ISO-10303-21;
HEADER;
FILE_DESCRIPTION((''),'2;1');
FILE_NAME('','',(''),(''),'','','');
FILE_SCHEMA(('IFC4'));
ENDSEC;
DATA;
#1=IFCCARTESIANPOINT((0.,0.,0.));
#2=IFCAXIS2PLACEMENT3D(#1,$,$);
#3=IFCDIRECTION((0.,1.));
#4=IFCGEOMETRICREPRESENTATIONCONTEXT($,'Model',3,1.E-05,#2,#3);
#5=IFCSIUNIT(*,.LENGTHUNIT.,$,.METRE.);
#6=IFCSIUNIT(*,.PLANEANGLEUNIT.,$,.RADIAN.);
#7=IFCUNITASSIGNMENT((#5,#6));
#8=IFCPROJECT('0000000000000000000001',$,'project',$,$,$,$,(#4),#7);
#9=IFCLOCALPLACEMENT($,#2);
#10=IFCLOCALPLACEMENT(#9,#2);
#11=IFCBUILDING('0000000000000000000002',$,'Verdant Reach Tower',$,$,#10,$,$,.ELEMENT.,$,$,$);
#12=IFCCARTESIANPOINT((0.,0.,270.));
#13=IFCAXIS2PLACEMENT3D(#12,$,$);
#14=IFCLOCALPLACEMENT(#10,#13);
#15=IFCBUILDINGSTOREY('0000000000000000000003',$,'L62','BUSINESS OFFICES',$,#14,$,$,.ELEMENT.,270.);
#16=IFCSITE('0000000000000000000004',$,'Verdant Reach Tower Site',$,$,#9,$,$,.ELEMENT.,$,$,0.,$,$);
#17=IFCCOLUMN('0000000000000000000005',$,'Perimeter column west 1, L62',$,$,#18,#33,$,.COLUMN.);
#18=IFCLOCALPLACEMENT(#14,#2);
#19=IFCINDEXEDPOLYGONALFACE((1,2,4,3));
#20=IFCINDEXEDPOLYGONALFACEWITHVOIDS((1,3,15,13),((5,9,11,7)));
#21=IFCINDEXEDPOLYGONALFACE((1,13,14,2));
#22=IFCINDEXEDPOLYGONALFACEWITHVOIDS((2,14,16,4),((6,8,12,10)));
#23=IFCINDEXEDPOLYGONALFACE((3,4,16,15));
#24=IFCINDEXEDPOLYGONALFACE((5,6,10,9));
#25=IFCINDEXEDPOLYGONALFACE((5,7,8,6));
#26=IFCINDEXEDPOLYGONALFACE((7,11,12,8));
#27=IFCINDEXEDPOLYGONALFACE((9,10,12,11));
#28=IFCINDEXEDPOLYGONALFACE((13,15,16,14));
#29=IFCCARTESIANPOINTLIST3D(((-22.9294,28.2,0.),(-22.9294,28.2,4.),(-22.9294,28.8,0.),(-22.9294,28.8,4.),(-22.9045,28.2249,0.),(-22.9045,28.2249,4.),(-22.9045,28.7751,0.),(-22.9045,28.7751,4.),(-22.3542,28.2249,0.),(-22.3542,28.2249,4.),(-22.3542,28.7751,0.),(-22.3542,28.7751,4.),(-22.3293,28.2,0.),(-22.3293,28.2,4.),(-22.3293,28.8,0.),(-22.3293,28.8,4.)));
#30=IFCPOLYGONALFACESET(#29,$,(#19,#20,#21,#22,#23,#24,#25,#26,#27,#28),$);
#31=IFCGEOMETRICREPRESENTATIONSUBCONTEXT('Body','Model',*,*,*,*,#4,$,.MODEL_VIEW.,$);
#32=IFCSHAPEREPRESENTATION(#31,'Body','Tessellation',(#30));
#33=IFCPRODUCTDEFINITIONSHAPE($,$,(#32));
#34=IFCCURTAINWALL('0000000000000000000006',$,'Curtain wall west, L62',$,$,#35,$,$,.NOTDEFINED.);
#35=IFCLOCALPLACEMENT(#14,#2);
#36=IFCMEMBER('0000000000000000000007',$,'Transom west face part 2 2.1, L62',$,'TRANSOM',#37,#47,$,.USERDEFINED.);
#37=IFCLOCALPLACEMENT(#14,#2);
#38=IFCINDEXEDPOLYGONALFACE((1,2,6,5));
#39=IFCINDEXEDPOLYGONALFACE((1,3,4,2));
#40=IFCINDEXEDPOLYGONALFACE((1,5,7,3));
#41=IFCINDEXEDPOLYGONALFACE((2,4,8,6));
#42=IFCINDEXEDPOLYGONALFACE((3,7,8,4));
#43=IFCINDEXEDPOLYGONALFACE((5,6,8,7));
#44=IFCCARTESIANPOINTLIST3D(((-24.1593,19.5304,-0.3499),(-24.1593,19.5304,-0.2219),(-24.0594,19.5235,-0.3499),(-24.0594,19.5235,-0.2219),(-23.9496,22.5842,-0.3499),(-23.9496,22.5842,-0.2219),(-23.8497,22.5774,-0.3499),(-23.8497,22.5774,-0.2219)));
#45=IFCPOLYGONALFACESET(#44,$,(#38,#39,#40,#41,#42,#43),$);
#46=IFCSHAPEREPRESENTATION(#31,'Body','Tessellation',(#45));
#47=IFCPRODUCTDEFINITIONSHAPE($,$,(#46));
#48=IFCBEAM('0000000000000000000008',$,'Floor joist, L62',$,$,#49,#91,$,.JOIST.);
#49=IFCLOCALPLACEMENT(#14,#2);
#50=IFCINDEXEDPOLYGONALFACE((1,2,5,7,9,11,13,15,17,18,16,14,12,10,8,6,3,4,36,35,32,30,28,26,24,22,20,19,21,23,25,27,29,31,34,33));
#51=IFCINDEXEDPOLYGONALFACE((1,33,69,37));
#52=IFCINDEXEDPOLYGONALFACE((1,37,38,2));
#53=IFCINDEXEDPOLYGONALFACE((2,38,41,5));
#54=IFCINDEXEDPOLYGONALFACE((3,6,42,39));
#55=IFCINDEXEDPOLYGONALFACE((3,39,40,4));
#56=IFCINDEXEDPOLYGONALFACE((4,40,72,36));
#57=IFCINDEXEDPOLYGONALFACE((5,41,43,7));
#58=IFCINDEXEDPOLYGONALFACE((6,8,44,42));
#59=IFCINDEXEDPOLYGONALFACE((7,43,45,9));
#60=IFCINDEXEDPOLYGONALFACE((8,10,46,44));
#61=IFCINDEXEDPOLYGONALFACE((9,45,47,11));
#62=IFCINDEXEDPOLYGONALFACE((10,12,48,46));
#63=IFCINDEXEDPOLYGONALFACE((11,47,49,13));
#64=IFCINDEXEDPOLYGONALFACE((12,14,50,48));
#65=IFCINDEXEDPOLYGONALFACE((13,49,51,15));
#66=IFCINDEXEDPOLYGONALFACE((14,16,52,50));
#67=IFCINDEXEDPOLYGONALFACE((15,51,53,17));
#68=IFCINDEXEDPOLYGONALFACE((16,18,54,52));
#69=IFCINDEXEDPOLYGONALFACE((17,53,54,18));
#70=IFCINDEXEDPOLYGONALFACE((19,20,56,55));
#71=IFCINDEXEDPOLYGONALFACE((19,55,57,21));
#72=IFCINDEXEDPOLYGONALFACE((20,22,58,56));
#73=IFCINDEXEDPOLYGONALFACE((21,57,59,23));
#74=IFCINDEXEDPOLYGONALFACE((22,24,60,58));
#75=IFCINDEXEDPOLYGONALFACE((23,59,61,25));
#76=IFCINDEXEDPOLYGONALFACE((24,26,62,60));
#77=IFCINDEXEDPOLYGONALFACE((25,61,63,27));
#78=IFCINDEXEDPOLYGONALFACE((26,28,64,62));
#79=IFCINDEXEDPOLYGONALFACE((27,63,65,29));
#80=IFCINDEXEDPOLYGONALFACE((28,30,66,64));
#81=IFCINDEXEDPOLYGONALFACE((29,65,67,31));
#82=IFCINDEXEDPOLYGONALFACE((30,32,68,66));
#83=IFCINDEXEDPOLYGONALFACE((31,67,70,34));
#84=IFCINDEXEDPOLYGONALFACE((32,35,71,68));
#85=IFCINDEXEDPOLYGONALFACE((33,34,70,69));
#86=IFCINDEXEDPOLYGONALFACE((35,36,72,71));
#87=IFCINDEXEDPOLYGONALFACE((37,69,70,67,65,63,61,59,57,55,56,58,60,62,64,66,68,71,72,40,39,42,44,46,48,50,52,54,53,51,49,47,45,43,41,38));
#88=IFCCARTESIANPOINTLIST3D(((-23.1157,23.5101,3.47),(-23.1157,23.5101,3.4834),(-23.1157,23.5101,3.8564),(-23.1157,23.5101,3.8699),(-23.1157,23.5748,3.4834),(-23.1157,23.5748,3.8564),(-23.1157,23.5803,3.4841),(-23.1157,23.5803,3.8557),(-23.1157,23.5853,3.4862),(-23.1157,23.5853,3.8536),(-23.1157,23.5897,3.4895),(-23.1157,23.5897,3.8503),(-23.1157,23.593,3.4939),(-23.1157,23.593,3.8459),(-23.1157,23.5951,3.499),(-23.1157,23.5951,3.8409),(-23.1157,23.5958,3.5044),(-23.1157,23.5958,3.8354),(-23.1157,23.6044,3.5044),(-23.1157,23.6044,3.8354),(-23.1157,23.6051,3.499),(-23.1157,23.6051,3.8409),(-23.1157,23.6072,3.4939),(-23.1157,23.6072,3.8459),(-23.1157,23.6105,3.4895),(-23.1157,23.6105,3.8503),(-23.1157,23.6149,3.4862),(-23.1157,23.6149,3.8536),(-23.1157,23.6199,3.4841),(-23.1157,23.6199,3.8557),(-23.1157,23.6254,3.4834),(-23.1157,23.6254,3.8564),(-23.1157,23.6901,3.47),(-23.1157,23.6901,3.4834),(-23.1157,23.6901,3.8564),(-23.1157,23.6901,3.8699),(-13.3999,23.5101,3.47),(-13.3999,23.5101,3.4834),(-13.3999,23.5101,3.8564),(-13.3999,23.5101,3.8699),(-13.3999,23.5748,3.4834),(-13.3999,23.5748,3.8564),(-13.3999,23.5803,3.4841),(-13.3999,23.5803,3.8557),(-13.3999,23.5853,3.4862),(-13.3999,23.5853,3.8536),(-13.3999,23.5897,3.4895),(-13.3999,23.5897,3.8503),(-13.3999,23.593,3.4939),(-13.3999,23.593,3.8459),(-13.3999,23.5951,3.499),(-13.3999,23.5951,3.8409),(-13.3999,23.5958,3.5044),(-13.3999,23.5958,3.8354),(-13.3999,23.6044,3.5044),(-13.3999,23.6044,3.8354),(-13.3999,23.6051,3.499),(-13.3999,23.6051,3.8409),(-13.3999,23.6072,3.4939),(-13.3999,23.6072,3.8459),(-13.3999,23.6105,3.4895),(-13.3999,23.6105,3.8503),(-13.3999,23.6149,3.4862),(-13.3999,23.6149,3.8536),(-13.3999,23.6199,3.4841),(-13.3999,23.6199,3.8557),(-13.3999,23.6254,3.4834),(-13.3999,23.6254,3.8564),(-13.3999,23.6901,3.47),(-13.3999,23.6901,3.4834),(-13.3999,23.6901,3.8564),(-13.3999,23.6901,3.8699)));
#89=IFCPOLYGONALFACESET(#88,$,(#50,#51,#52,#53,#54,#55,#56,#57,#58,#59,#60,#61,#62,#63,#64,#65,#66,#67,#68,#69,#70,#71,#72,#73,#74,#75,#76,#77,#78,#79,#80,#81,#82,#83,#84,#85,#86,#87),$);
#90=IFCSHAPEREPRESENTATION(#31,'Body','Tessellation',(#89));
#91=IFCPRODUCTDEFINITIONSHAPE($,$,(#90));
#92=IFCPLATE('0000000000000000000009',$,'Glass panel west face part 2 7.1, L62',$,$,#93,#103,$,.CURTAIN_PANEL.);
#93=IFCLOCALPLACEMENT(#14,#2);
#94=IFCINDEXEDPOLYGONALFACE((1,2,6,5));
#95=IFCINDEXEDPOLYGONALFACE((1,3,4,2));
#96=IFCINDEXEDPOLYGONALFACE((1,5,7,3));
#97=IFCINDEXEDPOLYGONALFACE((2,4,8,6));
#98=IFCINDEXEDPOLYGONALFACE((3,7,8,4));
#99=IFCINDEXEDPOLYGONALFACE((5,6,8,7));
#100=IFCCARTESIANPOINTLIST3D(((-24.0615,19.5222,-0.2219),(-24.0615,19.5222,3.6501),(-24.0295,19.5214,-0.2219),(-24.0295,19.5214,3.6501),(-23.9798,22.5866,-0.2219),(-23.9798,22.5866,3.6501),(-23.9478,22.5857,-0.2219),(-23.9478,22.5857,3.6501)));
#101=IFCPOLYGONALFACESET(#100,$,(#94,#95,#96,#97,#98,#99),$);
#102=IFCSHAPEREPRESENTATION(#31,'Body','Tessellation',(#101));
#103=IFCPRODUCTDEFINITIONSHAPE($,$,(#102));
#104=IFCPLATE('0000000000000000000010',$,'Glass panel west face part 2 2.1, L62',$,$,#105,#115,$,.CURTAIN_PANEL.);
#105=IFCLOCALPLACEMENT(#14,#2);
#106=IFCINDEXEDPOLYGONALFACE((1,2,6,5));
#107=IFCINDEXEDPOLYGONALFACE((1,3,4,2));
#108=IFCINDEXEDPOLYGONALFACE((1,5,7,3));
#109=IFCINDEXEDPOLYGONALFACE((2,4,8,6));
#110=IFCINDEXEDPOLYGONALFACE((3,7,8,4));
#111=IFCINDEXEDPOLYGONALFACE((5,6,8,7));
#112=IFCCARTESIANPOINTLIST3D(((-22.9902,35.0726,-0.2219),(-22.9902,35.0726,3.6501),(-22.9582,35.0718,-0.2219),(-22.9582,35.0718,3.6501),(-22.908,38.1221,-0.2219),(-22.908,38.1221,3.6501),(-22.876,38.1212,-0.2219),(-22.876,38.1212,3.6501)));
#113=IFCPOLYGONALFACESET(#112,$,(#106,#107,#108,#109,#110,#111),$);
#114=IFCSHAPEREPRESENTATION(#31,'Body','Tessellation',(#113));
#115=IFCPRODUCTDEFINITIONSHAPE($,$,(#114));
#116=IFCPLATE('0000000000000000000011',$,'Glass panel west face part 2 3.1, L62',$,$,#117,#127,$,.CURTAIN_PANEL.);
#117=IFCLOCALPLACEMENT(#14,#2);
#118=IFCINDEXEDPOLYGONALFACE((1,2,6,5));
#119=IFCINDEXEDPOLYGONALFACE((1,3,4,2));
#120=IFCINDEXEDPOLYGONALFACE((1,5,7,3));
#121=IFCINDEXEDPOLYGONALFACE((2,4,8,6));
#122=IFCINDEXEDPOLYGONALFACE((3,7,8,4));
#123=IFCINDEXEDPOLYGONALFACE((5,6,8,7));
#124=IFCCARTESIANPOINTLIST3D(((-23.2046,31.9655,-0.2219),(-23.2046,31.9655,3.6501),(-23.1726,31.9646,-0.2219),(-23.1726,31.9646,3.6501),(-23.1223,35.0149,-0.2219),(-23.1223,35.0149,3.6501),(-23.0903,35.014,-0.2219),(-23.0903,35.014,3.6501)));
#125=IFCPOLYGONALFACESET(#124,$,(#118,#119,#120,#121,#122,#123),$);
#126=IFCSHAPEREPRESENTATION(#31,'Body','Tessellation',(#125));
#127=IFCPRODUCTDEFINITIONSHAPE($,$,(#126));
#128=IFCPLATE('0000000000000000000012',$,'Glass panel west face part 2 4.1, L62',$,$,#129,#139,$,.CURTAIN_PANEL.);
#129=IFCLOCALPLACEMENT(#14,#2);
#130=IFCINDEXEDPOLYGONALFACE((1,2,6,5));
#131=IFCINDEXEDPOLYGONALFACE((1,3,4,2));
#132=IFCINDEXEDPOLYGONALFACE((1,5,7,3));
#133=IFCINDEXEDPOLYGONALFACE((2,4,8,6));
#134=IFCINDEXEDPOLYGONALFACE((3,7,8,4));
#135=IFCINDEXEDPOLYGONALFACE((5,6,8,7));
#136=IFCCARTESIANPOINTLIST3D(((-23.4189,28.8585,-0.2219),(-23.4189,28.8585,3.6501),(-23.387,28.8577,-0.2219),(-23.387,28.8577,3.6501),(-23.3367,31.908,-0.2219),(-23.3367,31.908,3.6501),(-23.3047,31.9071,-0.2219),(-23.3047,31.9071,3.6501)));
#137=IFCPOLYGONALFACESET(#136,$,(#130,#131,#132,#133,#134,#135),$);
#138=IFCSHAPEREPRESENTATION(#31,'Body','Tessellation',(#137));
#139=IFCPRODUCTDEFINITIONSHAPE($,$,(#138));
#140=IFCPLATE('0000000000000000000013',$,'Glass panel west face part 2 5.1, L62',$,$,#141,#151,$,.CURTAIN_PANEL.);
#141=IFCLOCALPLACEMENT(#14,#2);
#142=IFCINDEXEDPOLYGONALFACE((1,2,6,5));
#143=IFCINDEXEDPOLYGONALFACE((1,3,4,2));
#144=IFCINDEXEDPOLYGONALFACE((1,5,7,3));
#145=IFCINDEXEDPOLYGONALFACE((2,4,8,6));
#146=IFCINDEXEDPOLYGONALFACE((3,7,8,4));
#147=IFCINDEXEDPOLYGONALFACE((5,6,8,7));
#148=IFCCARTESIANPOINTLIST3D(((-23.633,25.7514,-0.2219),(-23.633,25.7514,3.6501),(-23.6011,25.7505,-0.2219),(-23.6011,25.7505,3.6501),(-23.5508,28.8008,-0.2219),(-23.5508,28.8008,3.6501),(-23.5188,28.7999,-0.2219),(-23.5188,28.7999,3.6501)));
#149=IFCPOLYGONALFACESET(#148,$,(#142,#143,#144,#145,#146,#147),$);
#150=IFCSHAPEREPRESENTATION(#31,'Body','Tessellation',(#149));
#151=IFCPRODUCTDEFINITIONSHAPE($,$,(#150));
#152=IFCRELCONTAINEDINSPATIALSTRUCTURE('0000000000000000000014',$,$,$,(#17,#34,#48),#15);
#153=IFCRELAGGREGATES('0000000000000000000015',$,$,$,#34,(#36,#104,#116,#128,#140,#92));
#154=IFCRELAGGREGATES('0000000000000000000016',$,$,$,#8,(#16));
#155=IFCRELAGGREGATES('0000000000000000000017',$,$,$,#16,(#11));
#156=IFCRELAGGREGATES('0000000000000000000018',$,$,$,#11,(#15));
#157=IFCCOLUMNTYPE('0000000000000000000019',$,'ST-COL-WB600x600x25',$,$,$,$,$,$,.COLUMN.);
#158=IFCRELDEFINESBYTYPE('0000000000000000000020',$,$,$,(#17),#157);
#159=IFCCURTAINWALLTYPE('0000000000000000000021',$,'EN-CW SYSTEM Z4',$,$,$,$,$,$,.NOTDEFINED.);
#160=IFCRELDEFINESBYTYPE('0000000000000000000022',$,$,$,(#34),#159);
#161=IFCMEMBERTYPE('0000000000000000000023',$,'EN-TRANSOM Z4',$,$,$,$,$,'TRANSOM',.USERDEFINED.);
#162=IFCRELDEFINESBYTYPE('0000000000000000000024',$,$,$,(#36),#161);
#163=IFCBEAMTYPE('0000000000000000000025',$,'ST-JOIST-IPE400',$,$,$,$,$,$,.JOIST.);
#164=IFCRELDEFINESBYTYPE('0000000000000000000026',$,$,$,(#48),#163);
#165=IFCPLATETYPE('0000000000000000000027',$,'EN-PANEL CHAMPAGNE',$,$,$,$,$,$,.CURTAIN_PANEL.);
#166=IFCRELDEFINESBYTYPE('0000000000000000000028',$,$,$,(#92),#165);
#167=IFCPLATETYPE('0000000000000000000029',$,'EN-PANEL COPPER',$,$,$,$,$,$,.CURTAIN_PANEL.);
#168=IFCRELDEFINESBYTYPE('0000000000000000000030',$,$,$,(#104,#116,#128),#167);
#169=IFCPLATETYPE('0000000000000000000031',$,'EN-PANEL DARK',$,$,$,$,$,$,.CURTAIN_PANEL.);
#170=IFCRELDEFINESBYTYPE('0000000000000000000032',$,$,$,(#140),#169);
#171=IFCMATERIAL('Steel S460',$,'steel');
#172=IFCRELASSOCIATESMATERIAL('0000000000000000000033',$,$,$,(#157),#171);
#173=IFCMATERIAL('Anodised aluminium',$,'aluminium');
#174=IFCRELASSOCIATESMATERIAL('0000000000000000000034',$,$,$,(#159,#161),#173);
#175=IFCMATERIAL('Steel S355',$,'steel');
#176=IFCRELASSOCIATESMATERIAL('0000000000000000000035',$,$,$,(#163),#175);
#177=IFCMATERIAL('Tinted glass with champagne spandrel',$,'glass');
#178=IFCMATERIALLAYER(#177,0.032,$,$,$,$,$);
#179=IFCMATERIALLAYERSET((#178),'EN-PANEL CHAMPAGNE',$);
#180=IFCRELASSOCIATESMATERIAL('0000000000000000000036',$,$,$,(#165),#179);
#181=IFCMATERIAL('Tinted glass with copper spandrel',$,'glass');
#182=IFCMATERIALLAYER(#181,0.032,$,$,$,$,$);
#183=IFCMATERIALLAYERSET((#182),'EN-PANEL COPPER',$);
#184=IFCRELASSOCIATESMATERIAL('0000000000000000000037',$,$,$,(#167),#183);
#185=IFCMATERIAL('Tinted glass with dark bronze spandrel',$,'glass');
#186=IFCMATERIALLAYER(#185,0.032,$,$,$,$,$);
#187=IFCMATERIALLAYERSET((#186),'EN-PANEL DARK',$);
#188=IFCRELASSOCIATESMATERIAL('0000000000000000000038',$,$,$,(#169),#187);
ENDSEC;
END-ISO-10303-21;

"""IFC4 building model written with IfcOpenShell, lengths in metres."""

from ifc_helpers import new_model, si_unit, direction, frame, origin, origin_2d, place, context, subcontext, project, spatial, rectangle, hollow_rectangle, i_section, extrude, material, layer, layer_set, material_profile, profile_set, type_object, element, aggregate, save


model = new_model("IFC4")

# Units and contexts
model_context = context("Model", 3, precision=1e-05, world=origin(), true_north=direction((0.0, 1.0)))
body_context = subcontext(model_context, "Body", "Model", "MODEL_VIEW")
ifc_project = project(units=[si_unit("LENGTHUNIT", "METRE"), si_unit("PLANEANGLEUNIT", "RADIAN")], contexts=[model_context])

# Site, building, storey
site_placement = place(None, origin())
site = spatial("IfcSite", under=ifc_project, at=site_placement, Name="Verdant Reach Tower Site", CompositionType="ELEMENT", RefElevation=0.0)
building_placement = place(site_placement, origin())
building = spatial("IfcBuilding", under=site, at=building_placement, Name="Verdant Reach Tower", CompositionType="ELEMENT")
storey_placement = place(building_placement, frame((0.0, 0.0, 270.0)))
storey = spatial("IfcBuildingStorey", under=building, at=storey_placement, Name="L62", Description="BUSINESS OFFICES", CompositionType="ELEMENT", Elevation=270.0)

# Column
ifc_material_1 = material(Name="Steel S460", Category="steel")
ifc_material_profile_1 = material_profile(ifc_material_1, hollow_rectangle(XDim=0.6001, YDim=0.6001, WallThickness=0.0249, at=origin_2d()), Name="WB 600x600x25")
ifc_profile_set_1 = profile_set([ifc_material_profile_1], Name="Steel S460")
column_type = type_object("IfcColumnType", Name="ST-COL-WB600x600x25", PredefinedType="COLUMN", material=ifc_profile_set_1)
column_placement = place(storey_placement, frame((-22.6294, 28.5, 0.0), z_axis=(0.0, 0.0, 1.0), x_axis=(1.0, 0.0, 0.0)))
element("IfcColumn", 1, at=column_placement, inside=storey, type_object=column_type, Name="Perimeter column west 1, L62", PredefinedType="COLUMN", context=body_context, shape_type="SweptSolid", body=[
    extrude(hollow_rectangle(XDim=0.6001, YDim=0.6001, WallThickness=0.0249, at=origin_2d()), origin(), (0.0, 0.0, 1.0), 4.0),
])

# Curtain wall, member
ifc_material_2 = material(Name="Anodised aluminium", Category="aluminium")
curtain_wall_type = type_object("IfcCurtainWallType", Name="EN-CW SYSTEM Z4", PredefinedType="NOTDEFINED", material=ifc_material_2)
curtain_wall_placement = place(storey_placement, origin())
curtain_wall = element("IfcCurtainWall", 2, at=curtain_wall_placement, inside=storey, type_object=curtain_wall_type, Name="Curtain wall west, L62", PredefinedType="NOTDEFINED")
ifc_material_profile_2 = material_profile(ifc_material_2, rectangle(XDim=0.1001, YDim=0.1279, at=origin_2d()), Name="Transom 128x100")
ifc_profile_set_2 = profile_set([ifc_material_profile_2], Name="Anodised aluminium")
member_type = type_object("IfcMemberType", Name="EN-TRANSOM Z4", ElementType="TRANSOM", PredefinedType="USERDEFINED", material=ifc_profile_set_2)
member_placement = place(storey_placement, frame((-23.8997, 22.5808, -0.2859), z_axis=(-0.068509, -0.99765, 0.0), x_axis=(0.99765, -0.068509, 0.0)))
member = element("IfcMember", 3, at=member_placement, type_object=member_type, Name="Transom west face part 2 2.1, L62", ObjectType="TRANSOM", PredefinedType="USERDEFINED", context=body_context, shape_type="SweptSolid", body=[
    extrude(rectangle(XDim=0.1001, YDim=0.1279, at=origin_2d()), origin(), (0.0, 0.0, 1.0), 3.061),
])

# Beam
ifc_material_3 = material(Name="Steel S355", Category="steel")
ifc_material_profile_3 = material_profile(ifc_material_3, i_section(OverallWidth=0.1799, OverallDepth=0.3999, WebThickness=0.0085, FlangeThickness=0.0134, FilletRadius=0.021, at=origin_2d()), Name="IPE 400")
ifc_profile_set_3 = profile_set([ifc_material_profile_3], Name="Steel S355")
beam_type = type_object("IfcBeamType", Name="ST-JOIST-IPE400", PredefinedType="JOIST", material=ifc_profile_set_3)
beam_placement = place(storey_placement, frame((-13.3999, 23.6001, 3.6699), z_axis=(-1.0, 0.0, 0.0), x_axis=(0.0, -1.0, 0.0)))
element("IfcBeam", 4, at=beam_placement, inside=storey, type_object=beam_type, Name="Floor joist, L62", PredefinedType="JOIST", context=body_context, shape_type="SweptSolid", body=[
    extrude(i_section(OverallWidth=0.1799, OverallDepth=0.3999, WebThickness=0.0085, FlangeThickness=0.0134, FilletRadius=0.021, at=origin_2d()), origin(), (0.0, 0.0, 1.0), 9.7158),
])

# Plates
ifc_material_4 = material(Name="Tinted glass with champagne spandrel", Category="glass")
ifc_layer_1 = layer(ifc_material_4, 0.032)
ifc_layer_set_1 = layer_set([ifc_layer_1], Name="EN-PANEL CHAMPAGNE")
plate_type_1 = type_object("IfcPlateType", Name="EN-PANEL CHAMPAGNE", PredefinedType="CURTAIN_PANEL", material=ifc_layer_set_1)
plate_1_placement = place(storey_placement, frame((-24.0046, 21.054, -0.2219), z_axis=(0.0, 0.0, 1.0), x_axis=(-0.026651, -0.999645, 0.0)))
plate_1 = element("IfcPlate", 5, at=plate_1_placement, type_object=plate_type_1, Name="Glass panel west face part 2 7.1, L62", PredefinedType="CURTAIN_PANEL", context=body_context, shape_type="SweptSolid", body=[
    extrude(rectangle(XDim=3.0654, YDim=0.032, at=origin_2d()), origin(), (0.0, 0.0, 1.0), 3.8721),
])
ifc_material_5 = material(Name="Tinted glass with copper spandrel", Category="glass")
ifc_layer_2 = layer(ifc_material_5, 0.032)
ifc_layer_set_2 = layer_set([ifc_layer_2], Name="EN-PANEL COPPER")
plate_type_2 = type_object("IfcPlateType", Name="EN-PANEL COPPER", PredefinedType="CURTAIN_PANEL", material=ifc_layer_set_2)
plate_2_placement = place(storey_placement, frame((-22.9331, 36.5969, -0.2219), z_axis=(0.0, 0.0, 1.0), x_axis=(-0.026965, -0.999636, 0.0)))
plate_2 = element("IfcPlate", 6, at=plate_2_placement, type_object=plate_type_2, Name="Glass panel west face part 2 2.1, L62", PredefinedType="CURTAIN_PANEL", context=body_context, shape_type="SweptSolid", body=[
    extrude(rectangle(XDim=3.0505, YDim=0.032, at=origin_2d()), origin(), (0.0, 0.0, 1.0), 3.8721),
])
plate_3_placement = place(storey_placement, frame((-23.1475, 33.4897, -0.2219), z_axis=(0.0, 0.0, 1.0), x_axis=(-0.026965, -0.999636, 0.0)))
plate_3 = element("IfcPlate", 7, at=plate_3_placement, type_object=plate_type_2, Name="Glass panel west face part 2 3.1, L62", PredefinedType="CURTAIN_PANEL", context=body_context, shape_type="SweptSolid", body=[
    extrude(rectangle(XDim=3.0505, YDim=0.032, at=origin_2d()), origin(), (0.0, 0.0, 1.0), 3.8721),
])
plate_4_placement = place(storey_placement, frame((-23.3618, 30.3828, -0.2219), z_axis=(0.0, 0.0, 1.0), x_axis=(-0.026965, -0.999636, 0.0)))
plate_4 = element("IfcPlate", 8, at=plate_4_placement, type_object=plate_type_2, Name="Glass panel west face part 2 4.1, L62", PredefinedType="CURTAIN_PANEL", context=body_context, shape_type="SweptSolid", body=[
    extrude(rectangle(XDim=3.0505, YDim=0.032, at=origin_2d()), origin(), (0.0, 0.0, 1.0), 3.8721),
])
ifc_material_6 = material(Name="Tinted glass with dark bronze spandrel", Category="glass")
ifc_layer_3 = layer(ifc_material_6, 0.032)
ifc_layer_set_3 = layer_set([ifc_layer_3], Name="EN-PANEL DARK")
plate_type_3 = type_object("IfcPlateType", Name="EN-PANEL DARK", PredefinedType="CURTAIN_PANEL", material=ifc_layer_set_3)
plate_5_placement = place(storey_placement, frame((-23.5759, 27.2756, -0.2219), z_axis=(0.0, 0.0, 1.0), x_axis=(-0.026965, -0.999636, 0.0)))
plate_5 = element("IfcPlate", 9, at=plate_5_placement, type_object=plate_type_3, Name="Glass panel west face part 2 5.1, L62", PredefinedType="CURTAIN_PANEL", context=body_context, shape_type="SweptSolid", body=[
    extrude(rectangle(XDim=3.0505, YDim=0.032, at=origin_2d()), origin(), (0.0, 0.0, 1.0), 3.8721),
])
aggregate(curtain_wall, [member, plate_2, plate_3, plate_4, plate_5, plate_1])

save(model, "model.ifc")
